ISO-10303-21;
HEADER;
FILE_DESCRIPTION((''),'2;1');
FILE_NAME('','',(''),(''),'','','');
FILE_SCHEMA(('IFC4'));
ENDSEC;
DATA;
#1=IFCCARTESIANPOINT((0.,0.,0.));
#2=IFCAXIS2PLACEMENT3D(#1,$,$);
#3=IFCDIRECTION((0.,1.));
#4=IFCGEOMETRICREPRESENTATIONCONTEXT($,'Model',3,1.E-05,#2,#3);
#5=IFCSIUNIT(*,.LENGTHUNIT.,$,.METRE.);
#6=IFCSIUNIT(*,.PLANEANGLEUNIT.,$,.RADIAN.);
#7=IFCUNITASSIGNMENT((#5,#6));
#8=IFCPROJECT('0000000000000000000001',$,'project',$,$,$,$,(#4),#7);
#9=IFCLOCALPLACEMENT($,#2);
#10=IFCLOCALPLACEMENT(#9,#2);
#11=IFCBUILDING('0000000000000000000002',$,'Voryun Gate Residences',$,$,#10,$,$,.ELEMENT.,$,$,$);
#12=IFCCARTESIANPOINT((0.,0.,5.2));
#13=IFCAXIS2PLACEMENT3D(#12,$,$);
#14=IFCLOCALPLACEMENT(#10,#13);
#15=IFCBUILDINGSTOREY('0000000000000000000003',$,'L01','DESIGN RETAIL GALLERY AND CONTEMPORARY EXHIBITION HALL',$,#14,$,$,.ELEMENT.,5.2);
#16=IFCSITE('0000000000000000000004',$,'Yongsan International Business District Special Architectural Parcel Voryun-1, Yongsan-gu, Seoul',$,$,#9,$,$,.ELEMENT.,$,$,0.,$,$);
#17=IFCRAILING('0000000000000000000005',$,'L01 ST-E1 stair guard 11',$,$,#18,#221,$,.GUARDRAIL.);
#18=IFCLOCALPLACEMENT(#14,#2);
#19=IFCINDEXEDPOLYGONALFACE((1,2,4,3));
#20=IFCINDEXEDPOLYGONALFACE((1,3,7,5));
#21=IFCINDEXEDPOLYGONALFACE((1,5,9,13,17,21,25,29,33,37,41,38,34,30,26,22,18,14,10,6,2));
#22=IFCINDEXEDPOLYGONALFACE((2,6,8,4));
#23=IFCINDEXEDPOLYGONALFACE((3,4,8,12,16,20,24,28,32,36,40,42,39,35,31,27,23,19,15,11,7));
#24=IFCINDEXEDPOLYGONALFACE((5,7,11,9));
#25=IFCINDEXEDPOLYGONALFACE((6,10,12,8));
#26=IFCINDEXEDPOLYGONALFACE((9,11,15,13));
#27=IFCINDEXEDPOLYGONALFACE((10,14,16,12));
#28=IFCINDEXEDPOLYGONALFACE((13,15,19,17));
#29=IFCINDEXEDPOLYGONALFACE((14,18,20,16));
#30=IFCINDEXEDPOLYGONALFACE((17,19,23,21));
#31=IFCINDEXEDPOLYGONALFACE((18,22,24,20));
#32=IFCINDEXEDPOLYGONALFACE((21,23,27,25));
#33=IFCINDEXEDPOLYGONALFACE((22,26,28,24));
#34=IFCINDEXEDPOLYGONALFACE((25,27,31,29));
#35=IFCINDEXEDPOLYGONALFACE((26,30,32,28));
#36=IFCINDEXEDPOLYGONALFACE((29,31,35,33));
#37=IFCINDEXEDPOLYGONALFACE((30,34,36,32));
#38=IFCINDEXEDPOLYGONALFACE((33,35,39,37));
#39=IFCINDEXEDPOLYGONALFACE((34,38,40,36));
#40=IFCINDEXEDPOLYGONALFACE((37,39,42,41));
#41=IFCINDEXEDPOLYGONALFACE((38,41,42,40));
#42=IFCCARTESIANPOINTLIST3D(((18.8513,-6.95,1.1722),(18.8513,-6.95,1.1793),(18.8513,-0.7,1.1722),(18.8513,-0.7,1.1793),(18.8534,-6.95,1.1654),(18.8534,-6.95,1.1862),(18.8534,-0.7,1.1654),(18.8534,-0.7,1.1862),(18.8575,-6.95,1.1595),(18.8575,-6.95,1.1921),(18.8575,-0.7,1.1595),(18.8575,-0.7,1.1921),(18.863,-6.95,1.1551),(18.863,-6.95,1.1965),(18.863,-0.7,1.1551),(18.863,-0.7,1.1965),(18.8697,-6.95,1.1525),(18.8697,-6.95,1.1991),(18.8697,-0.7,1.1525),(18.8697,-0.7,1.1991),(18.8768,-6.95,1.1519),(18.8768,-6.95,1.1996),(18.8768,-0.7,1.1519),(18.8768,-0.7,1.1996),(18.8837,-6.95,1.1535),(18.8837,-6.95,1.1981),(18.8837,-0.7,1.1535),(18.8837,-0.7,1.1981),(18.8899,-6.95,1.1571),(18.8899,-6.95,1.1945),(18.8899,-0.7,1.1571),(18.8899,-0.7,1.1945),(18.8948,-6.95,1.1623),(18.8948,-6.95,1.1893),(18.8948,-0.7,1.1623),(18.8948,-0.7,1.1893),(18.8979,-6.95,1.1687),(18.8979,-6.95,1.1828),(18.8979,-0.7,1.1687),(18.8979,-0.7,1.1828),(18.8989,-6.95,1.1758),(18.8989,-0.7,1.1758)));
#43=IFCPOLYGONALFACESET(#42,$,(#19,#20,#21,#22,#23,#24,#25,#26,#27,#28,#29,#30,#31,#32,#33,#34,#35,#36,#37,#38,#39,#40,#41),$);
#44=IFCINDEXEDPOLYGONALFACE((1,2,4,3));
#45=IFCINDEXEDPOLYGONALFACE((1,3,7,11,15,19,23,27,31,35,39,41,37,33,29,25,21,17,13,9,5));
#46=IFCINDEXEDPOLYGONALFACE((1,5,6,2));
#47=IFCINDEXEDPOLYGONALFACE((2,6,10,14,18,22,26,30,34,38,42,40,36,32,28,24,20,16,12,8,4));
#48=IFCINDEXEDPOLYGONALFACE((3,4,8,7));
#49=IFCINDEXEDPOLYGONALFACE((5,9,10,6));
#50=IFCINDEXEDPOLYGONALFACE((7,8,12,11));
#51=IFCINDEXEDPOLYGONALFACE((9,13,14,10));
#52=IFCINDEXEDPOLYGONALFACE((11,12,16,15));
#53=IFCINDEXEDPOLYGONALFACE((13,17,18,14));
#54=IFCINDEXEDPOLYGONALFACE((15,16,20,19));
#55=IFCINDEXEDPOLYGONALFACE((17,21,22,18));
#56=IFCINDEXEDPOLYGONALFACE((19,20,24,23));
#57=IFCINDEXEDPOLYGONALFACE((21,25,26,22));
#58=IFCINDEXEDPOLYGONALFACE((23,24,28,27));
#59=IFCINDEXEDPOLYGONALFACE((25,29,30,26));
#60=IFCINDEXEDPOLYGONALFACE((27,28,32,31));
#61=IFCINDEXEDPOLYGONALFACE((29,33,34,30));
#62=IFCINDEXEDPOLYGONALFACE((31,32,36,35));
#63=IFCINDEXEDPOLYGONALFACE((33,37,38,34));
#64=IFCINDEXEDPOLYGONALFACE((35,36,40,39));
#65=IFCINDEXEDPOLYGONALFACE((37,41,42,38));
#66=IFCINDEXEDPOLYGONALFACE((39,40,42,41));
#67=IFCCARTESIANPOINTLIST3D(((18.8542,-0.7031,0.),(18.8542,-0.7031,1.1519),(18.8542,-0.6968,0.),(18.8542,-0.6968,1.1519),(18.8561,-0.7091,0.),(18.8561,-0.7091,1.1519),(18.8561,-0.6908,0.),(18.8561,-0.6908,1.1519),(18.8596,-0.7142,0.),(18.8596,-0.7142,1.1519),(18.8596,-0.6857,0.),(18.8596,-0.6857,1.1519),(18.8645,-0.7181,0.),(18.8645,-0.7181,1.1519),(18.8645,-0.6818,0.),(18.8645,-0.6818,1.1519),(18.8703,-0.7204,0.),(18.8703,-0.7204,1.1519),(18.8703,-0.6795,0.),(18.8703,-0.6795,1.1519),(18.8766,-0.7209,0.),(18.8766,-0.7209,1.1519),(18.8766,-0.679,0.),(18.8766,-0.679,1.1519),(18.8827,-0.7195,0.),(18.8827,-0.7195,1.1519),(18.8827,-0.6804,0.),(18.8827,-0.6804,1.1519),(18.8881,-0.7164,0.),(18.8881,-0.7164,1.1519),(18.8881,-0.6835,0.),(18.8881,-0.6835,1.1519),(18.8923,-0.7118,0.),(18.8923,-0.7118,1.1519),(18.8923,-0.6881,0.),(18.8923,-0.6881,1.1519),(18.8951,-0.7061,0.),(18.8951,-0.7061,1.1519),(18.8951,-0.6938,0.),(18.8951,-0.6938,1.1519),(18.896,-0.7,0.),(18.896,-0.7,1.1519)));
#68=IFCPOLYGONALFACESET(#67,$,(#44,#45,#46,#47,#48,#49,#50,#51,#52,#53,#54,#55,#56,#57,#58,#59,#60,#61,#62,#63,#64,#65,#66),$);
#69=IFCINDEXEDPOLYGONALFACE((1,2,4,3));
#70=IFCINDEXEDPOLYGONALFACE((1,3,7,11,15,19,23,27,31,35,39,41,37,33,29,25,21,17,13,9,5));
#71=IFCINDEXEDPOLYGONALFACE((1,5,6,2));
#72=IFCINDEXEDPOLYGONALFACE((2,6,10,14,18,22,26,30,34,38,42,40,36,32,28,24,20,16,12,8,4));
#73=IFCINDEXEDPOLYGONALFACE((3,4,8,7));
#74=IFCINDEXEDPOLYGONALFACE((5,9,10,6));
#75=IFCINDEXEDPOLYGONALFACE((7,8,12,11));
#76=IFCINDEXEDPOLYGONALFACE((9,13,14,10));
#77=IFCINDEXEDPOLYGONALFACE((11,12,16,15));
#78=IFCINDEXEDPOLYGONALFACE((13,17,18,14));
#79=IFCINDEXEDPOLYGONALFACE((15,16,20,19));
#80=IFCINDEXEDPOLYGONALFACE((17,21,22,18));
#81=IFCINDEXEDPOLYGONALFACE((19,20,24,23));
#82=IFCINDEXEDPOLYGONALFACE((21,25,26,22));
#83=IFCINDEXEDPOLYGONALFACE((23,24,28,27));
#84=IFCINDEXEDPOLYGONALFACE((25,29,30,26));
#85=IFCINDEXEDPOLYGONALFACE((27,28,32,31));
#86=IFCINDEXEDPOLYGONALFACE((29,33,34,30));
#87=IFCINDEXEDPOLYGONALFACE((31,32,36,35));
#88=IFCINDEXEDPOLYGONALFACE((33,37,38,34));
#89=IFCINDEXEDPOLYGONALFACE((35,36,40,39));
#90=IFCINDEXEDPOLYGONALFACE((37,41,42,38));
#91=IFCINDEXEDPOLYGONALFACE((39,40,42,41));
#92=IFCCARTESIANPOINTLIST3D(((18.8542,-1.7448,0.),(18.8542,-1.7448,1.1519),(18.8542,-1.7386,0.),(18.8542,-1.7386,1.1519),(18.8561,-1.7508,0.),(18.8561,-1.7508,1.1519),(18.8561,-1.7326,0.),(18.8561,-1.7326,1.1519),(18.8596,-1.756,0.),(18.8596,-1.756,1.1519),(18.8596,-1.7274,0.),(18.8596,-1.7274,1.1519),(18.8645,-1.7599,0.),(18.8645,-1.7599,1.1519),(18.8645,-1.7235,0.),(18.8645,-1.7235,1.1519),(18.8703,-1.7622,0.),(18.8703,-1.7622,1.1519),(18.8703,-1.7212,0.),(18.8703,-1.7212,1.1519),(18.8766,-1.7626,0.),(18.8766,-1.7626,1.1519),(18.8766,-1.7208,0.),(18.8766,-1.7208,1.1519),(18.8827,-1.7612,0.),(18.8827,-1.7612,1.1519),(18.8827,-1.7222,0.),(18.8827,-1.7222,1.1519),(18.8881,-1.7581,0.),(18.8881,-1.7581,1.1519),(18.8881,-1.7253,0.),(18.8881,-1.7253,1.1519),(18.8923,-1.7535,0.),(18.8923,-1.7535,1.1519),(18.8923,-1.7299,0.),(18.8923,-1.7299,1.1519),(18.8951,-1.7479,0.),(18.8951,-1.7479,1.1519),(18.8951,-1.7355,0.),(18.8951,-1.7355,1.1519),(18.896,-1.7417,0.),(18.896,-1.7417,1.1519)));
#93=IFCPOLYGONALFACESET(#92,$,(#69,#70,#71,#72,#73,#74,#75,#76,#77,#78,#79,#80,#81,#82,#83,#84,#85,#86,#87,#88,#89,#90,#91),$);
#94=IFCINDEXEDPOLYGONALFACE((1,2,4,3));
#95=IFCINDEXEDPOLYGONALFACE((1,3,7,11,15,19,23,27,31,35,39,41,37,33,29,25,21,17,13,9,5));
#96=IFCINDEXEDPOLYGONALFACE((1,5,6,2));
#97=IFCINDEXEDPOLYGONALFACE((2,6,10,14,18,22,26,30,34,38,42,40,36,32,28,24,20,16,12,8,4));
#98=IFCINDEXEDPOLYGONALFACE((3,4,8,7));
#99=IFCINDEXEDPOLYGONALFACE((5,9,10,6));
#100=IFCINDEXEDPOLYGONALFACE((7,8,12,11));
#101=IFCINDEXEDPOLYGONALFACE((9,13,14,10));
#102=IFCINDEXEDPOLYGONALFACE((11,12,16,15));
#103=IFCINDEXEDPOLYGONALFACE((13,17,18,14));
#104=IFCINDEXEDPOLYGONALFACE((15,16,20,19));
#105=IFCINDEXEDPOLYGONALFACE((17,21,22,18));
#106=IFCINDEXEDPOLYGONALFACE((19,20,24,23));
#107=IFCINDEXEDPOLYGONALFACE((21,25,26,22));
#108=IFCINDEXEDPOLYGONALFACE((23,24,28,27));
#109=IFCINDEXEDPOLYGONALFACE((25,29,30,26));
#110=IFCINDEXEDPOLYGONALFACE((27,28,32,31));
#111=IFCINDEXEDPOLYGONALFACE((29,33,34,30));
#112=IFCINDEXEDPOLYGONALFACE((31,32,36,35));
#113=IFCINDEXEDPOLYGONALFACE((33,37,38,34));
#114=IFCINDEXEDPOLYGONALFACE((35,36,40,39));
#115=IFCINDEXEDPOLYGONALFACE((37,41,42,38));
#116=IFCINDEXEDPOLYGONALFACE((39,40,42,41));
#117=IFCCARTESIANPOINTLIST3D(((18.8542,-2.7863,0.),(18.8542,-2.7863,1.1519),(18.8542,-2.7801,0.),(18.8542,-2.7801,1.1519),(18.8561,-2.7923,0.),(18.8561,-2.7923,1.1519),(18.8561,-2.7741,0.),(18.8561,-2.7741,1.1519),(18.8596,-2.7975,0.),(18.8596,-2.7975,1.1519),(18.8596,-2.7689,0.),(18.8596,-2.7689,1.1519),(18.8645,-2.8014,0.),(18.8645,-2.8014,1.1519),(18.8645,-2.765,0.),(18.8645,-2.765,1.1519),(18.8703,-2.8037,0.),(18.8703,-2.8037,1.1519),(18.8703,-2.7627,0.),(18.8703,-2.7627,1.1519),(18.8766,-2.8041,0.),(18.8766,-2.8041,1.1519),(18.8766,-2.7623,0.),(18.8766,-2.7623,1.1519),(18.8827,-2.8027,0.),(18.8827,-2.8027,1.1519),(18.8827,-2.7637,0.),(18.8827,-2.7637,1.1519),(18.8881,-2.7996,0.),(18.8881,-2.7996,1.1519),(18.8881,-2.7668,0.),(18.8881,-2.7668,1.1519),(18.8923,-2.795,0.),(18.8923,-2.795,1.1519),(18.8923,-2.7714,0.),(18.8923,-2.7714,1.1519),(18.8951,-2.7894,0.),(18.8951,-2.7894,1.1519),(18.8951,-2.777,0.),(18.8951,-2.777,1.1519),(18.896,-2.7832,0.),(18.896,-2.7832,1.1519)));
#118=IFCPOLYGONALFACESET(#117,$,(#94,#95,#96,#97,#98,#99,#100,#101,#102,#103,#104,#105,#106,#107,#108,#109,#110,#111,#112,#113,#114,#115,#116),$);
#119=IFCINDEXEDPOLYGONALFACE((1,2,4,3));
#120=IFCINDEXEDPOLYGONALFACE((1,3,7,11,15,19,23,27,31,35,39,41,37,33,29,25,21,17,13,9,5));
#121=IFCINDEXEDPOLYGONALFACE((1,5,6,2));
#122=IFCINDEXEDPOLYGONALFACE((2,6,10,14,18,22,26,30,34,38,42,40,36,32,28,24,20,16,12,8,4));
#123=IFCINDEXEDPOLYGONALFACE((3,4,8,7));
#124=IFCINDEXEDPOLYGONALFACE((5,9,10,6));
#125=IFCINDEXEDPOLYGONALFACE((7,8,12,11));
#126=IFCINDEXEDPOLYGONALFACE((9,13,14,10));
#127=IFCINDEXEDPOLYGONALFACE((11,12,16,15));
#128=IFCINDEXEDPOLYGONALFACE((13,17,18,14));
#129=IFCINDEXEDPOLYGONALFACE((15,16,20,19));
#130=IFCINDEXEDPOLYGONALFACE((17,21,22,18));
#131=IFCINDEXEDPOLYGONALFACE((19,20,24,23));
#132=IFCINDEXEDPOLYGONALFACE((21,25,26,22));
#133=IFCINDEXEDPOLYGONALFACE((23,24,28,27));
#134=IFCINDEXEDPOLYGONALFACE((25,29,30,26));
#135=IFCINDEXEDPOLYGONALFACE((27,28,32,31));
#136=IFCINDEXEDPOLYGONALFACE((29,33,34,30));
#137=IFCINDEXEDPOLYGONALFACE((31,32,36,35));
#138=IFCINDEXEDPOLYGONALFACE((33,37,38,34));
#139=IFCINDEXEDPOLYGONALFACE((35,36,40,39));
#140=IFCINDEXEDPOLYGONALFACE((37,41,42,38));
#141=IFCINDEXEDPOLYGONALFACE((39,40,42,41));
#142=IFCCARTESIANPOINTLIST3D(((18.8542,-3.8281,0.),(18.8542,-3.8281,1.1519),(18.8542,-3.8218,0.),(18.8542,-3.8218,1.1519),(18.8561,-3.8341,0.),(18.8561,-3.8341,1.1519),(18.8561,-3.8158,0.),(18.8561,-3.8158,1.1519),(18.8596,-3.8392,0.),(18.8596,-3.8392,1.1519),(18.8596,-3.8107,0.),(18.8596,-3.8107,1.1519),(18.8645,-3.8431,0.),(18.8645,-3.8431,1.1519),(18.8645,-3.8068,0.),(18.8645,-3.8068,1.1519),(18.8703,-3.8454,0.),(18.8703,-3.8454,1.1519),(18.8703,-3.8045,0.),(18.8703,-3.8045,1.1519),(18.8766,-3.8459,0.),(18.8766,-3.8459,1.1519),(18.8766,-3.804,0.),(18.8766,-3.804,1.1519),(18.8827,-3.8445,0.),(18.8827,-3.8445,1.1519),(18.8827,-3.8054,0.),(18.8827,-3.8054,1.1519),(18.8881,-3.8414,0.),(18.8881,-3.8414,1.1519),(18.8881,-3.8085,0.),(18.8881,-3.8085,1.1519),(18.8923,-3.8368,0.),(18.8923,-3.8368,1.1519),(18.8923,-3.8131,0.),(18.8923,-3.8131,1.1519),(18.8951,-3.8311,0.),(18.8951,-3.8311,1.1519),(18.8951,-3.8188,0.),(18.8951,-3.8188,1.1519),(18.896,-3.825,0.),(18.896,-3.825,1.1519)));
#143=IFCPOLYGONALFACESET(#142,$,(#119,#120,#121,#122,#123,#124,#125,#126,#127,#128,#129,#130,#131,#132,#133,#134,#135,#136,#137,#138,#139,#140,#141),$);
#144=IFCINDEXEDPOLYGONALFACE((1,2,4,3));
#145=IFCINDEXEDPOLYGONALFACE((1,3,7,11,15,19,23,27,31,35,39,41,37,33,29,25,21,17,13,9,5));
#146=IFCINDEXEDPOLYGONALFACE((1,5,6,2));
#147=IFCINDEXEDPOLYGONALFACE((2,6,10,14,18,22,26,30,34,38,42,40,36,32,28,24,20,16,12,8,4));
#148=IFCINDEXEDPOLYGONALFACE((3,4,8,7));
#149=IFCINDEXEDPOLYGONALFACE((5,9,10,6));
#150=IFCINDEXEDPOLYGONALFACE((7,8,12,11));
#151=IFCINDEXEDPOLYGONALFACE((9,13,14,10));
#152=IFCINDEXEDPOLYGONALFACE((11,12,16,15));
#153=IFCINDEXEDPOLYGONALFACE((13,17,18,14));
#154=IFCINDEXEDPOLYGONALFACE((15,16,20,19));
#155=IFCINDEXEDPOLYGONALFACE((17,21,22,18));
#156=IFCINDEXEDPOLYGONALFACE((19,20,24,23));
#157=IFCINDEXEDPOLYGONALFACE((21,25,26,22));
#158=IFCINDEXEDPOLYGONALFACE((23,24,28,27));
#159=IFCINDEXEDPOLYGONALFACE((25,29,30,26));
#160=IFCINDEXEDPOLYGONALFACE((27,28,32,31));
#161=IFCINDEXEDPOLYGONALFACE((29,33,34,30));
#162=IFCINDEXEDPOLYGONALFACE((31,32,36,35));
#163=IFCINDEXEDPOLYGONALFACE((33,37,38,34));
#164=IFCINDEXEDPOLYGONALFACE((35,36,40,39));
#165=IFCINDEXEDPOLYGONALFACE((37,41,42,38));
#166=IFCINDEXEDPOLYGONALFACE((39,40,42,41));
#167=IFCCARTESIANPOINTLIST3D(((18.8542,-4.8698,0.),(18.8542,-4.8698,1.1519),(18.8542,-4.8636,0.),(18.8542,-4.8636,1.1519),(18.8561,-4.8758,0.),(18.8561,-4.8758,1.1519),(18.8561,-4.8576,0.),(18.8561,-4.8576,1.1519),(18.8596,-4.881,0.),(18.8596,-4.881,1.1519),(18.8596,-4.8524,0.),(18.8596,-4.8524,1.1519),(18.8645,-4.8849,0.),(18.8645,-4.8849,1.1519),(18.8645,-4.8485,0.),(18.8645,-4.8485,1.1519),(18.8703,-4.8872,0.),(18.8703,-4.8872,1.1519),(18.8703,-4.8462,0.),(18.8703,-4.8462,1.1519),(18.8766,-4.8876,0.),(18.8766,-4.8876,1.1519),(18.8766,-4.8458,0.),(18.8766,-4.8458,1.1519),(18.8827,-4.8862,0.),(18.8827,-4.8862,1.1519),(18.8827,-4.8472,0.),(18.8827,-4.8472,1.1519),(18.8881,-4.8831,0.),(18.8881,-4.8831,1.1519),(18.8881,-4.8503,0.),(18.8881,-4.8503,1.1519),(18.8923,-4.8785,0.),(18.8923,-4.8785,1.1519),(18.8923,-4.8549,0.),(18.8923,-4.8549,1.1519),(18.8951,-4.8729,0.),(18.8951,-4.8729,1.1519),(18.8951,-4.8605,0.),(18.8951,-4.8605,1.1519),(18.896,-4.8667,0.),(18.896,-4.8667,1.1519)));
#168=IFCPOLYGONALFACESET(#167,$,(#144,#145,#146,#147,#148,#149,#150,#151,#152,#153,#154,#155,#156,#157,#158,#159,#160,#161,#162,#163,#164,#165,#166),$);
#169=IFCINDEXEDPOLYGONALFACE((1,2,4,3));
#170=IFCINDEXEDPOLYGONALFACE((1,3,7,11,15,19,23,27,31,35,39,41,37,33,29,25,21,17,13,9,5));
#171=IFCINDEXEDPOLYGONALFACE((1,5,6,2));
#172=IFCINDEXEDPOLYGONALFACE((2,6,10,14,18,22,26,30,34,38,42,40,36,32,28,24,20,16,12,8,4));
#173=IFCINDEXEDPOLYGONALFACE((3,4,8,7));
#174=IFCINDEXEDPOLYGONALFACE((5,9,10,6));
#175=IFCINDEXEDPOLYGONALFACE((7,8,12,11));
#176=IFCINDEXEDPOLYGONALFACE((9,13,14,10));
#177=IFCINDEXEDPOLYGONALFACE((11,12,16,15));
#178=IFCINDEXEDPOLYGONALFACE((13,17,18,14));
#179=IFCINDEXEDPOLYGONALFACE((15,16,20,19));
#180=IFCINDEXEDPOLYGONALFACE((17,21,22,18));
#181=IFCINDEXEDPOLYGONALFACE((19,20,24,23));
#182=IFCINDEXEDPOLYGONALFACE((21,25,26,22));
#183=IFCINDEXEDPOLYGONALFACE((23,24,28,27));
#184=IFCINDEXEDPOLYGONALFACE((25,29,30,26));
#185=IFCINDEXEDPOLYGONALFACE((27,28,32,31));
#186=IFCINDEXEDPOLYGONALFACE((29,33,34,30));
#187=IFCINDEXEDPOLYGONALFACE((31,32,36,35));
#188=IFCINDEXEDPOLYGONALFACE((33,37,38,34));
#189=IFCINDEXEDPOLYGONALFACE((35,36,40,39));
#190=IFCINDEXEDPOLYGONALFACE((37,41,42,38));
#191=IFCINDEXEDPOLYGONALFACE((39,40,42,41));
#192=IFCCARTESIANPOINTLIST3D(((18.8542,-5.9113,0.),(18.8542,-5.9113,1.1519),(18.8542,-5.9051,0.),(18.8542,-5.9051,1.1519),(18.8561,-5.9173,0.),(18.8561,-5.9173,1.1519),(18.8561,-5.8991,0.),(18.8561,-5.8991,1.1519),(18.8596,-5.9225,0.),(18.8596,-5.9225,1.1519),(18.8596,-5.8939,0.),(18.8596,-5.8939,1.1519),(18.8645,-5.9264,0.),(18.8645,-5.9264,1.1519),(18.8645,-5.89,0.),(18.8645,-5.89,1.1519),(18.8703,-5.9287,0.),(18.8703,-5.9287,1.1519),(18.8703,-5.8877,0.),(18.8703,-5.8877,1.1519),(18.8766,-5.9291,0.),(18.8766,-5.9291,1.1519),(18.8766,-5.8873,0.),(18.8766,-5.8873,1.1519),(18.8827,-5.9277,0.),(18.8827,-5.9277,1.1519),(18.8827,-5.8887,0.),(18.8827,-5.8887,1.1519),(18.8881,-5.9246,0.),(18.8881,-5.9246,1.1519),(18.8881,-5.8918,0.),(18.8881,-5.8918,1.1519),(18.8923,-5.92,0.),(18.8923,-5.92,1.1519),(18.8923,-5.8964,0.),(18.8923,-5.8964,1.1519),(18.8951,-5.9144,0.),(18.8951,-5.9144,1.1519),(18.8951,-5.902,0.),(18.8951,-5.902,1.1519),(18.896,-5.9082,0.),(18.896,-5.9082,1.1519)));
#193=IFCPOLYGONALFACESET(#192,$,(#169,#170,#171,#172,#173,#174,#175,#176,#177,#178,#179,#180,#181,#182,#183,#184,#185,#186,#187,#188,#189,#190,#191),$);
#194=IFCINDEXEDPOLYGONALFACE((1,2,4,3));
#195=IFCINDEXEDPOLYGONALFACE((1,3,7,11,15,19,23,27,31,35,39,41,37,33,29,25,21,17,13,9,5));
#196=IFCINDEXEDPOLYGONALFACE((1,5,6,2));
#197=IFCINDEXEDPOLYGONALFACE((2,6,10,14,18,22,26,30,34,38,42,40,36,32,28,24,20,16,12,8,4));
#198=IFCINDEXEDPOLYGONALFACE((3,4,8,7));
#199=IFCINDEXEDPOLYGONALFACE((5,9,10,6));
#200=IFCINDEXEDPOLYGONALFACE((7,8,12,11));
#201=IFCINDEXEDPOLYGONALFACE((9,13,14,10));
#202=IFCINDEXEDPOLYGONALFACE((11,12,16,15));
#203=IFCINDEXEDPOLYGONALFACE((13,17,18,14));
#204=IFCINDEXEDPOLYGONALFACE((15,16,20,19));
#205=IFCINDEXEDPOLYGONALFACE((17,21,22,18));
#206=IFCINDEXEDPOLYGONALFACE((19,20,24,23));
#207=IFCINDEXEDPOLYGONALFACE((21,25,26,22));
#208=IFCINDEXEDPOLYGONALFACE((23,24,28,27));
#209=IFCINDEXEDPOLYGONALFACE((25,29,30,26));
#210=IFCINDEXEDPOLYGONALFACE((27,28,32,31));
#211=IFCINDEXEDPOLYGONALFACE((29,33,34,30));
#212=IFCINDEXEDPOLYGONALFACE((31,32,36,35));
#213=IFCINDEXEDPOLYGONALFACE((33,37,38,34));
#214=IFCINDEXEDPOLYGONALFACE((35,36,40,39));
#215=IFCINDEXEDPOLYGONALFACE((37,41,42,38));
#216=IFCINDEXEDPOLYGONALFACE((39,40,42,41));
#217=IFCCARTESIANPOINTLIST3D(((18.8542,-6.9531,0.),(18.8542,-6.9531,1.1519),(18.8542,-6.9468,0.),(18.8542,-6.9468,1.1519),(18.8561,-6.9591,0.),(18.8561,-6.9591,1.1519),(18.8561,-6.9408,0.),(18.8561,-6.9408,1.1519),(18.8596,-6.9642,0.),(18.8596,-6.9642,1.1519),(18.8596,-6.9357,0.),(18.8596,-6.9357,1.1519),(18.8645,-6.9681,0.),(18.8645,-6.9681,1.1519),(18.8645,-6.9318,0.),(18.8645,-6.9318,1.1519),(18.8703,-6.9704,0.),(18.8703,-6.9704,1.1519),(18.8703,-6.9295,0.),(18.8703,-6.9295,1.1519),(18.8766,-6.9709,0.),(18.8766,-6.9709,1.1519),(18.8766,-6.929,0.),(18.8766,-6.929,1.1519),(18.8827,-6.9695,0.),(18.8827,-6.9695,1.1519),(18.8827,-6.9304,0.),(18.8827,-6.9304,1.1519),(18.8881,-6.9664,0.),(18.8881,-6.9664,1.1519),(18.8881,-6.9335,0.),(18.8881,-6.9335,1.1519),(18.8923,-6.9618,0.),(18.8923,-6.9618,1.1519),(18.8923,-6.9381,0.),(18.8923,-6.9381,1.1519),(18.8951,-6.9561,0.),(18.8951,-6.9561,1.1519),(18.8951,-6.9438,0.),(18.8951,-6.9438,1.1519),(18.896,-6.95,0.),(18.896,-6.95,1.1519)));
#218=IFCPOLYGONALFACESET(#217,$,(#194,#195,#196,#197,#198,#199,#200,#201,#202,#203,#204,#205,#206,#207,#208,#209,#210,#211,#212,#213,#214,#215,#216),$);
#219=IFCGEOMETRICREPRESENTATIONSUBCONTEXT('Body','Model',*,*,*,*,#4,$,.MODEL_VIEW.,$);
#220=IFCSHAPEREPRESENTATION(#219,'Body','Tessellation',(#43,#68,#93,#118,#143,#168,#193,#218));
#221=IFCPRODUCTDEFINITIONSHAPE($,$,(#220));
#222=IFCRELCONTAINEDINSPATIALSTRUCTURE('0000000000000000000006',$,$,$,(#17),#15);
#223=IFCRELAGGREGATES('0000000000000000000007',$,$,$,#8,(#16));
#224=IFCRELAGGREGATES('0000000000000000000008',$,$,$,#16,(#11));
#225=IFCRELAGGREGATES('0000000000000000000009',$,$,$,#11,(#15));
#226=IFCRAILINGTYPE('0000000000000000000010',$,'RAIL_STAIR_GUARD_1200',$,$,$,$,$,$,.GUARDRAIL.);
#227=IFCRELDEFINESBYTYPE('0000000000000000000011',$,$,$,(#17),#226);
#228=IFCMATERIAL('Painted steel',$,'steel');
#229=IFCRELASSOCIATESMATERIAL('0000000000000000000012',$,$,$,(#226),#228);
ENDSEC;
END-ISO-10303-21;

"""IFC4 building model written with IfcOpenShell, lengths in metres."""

from ifc_helpers import new_model, si_unit, direction, frame, origin, origin_2d, place, context, subcontext, project, spatial, circle, extrude, material, type_object, element, save


model = new_model("IFC4")

# Units and contexts
model_context = context("Model", 3, precision=1e-05, world=origin(), true_north=direction((0.0, 1.0)))
body_context = subcontext(model_context, "Body", "Model", "MODEL_VIEW")
ifc_project = project(units=[si_unit("LENGTHUNIT", "METRE"), si_unit("PLANEANGLEUNIT", "RADIAN")], contexts=[model_context])

# Site, building, storey
site_placement = place(None, origin())
site = spatial("IfcSite", under=ifc_project, at=site_placement, Name="Yongsan International Business District Special Architectural Parcel Voryun-1, Yongsan-gu, Seoul", CompositionType="ELEMENT", RefElevation=0.0)
building_placement = place(site_placement, origin())
building = spatial("IfcBuilding", under=site, at=building_placement, Name="Voryun Gate Residences", CompositionType="ELEMENT")
storey_placement = place(building_placement, frame((0.0, 0.0, 5.2)))
storey = spatial("IfcBuildingStorey", under=building, at=storey_placement, Name="L01", Description="DESIGN RETAIL GALLERY AND CONTEMPORARY EXHIBITION HALL", CompositionType="ELEMENT", Elevation=5.2)

# Railing
ifc_material_1 = material(Name="Painted steel", Category="steel")
railing_type = type_object("IfcRailingType", Name="RAIL_STAIR_GUARD_1200", PredefinedType="GUARDRAIL", material=ifc_material_1)
railing_1_placement = place(storey_placement, frame((18.875, -0.7, 0.0)))
element("IfcRailing", 1, at=railing_1_placement, inside=storey, type_object=railing_type, Name="L01 ST-E1 stair guard 11", PredefinedType="GUARDRAIL", context=body_context, shape_type="SweptSolid", body=[
    extrude(circle(Radius=0.0239, at=origin_2d()), frame((0.0, 0.0, 1.1758), z_axis=(0.0, -1.0, 0.0), x_axis=(1.0, 0.0, 0.0)), (0.0, 0.0, 1.0), 6.25),
    extrude(circle(Radius=0.021, at=origin_2d()), origin(), (0.0, 0.0, 1.0), 1.1519),
    extrude(circle(Radius=0.021, at=origin_2d()), frame((0.0, -1.0417, 0.0)), (0.0, 0.0, 1.0), 1.1519),
    extrude(circle(Radius=0.021, at=origin_2d()), frame((0.0, -2.0833, 0.0)), (0.0, 0.0, 1.0), 1.1519),
    extrude(circle(Radius=0.021, at=origin_2d()), frame((0.0, -3.125, 0.0)), (0.0, 0.0, 1.0), 1.1519),
    extrude(circle(Radius=0.021, at=origin_2d()), frame((0.0, -4.1667, 0.0)), (0.0, 0.0, 1.0), 1.1519),
    extrude(circle(Radius=0.021, at=origin_2d()), frame((0.0, -5.2083, 0.0)), (0.0, 0.0, 1.0), 1.1519),
    extrude(circle(Radius=0.021, at=origin_2d()), frame((0.0, -6.25, 0.0)), (0.0, 0.0, 1.0), 1.1519),
])

save(model, "model.ifc")
